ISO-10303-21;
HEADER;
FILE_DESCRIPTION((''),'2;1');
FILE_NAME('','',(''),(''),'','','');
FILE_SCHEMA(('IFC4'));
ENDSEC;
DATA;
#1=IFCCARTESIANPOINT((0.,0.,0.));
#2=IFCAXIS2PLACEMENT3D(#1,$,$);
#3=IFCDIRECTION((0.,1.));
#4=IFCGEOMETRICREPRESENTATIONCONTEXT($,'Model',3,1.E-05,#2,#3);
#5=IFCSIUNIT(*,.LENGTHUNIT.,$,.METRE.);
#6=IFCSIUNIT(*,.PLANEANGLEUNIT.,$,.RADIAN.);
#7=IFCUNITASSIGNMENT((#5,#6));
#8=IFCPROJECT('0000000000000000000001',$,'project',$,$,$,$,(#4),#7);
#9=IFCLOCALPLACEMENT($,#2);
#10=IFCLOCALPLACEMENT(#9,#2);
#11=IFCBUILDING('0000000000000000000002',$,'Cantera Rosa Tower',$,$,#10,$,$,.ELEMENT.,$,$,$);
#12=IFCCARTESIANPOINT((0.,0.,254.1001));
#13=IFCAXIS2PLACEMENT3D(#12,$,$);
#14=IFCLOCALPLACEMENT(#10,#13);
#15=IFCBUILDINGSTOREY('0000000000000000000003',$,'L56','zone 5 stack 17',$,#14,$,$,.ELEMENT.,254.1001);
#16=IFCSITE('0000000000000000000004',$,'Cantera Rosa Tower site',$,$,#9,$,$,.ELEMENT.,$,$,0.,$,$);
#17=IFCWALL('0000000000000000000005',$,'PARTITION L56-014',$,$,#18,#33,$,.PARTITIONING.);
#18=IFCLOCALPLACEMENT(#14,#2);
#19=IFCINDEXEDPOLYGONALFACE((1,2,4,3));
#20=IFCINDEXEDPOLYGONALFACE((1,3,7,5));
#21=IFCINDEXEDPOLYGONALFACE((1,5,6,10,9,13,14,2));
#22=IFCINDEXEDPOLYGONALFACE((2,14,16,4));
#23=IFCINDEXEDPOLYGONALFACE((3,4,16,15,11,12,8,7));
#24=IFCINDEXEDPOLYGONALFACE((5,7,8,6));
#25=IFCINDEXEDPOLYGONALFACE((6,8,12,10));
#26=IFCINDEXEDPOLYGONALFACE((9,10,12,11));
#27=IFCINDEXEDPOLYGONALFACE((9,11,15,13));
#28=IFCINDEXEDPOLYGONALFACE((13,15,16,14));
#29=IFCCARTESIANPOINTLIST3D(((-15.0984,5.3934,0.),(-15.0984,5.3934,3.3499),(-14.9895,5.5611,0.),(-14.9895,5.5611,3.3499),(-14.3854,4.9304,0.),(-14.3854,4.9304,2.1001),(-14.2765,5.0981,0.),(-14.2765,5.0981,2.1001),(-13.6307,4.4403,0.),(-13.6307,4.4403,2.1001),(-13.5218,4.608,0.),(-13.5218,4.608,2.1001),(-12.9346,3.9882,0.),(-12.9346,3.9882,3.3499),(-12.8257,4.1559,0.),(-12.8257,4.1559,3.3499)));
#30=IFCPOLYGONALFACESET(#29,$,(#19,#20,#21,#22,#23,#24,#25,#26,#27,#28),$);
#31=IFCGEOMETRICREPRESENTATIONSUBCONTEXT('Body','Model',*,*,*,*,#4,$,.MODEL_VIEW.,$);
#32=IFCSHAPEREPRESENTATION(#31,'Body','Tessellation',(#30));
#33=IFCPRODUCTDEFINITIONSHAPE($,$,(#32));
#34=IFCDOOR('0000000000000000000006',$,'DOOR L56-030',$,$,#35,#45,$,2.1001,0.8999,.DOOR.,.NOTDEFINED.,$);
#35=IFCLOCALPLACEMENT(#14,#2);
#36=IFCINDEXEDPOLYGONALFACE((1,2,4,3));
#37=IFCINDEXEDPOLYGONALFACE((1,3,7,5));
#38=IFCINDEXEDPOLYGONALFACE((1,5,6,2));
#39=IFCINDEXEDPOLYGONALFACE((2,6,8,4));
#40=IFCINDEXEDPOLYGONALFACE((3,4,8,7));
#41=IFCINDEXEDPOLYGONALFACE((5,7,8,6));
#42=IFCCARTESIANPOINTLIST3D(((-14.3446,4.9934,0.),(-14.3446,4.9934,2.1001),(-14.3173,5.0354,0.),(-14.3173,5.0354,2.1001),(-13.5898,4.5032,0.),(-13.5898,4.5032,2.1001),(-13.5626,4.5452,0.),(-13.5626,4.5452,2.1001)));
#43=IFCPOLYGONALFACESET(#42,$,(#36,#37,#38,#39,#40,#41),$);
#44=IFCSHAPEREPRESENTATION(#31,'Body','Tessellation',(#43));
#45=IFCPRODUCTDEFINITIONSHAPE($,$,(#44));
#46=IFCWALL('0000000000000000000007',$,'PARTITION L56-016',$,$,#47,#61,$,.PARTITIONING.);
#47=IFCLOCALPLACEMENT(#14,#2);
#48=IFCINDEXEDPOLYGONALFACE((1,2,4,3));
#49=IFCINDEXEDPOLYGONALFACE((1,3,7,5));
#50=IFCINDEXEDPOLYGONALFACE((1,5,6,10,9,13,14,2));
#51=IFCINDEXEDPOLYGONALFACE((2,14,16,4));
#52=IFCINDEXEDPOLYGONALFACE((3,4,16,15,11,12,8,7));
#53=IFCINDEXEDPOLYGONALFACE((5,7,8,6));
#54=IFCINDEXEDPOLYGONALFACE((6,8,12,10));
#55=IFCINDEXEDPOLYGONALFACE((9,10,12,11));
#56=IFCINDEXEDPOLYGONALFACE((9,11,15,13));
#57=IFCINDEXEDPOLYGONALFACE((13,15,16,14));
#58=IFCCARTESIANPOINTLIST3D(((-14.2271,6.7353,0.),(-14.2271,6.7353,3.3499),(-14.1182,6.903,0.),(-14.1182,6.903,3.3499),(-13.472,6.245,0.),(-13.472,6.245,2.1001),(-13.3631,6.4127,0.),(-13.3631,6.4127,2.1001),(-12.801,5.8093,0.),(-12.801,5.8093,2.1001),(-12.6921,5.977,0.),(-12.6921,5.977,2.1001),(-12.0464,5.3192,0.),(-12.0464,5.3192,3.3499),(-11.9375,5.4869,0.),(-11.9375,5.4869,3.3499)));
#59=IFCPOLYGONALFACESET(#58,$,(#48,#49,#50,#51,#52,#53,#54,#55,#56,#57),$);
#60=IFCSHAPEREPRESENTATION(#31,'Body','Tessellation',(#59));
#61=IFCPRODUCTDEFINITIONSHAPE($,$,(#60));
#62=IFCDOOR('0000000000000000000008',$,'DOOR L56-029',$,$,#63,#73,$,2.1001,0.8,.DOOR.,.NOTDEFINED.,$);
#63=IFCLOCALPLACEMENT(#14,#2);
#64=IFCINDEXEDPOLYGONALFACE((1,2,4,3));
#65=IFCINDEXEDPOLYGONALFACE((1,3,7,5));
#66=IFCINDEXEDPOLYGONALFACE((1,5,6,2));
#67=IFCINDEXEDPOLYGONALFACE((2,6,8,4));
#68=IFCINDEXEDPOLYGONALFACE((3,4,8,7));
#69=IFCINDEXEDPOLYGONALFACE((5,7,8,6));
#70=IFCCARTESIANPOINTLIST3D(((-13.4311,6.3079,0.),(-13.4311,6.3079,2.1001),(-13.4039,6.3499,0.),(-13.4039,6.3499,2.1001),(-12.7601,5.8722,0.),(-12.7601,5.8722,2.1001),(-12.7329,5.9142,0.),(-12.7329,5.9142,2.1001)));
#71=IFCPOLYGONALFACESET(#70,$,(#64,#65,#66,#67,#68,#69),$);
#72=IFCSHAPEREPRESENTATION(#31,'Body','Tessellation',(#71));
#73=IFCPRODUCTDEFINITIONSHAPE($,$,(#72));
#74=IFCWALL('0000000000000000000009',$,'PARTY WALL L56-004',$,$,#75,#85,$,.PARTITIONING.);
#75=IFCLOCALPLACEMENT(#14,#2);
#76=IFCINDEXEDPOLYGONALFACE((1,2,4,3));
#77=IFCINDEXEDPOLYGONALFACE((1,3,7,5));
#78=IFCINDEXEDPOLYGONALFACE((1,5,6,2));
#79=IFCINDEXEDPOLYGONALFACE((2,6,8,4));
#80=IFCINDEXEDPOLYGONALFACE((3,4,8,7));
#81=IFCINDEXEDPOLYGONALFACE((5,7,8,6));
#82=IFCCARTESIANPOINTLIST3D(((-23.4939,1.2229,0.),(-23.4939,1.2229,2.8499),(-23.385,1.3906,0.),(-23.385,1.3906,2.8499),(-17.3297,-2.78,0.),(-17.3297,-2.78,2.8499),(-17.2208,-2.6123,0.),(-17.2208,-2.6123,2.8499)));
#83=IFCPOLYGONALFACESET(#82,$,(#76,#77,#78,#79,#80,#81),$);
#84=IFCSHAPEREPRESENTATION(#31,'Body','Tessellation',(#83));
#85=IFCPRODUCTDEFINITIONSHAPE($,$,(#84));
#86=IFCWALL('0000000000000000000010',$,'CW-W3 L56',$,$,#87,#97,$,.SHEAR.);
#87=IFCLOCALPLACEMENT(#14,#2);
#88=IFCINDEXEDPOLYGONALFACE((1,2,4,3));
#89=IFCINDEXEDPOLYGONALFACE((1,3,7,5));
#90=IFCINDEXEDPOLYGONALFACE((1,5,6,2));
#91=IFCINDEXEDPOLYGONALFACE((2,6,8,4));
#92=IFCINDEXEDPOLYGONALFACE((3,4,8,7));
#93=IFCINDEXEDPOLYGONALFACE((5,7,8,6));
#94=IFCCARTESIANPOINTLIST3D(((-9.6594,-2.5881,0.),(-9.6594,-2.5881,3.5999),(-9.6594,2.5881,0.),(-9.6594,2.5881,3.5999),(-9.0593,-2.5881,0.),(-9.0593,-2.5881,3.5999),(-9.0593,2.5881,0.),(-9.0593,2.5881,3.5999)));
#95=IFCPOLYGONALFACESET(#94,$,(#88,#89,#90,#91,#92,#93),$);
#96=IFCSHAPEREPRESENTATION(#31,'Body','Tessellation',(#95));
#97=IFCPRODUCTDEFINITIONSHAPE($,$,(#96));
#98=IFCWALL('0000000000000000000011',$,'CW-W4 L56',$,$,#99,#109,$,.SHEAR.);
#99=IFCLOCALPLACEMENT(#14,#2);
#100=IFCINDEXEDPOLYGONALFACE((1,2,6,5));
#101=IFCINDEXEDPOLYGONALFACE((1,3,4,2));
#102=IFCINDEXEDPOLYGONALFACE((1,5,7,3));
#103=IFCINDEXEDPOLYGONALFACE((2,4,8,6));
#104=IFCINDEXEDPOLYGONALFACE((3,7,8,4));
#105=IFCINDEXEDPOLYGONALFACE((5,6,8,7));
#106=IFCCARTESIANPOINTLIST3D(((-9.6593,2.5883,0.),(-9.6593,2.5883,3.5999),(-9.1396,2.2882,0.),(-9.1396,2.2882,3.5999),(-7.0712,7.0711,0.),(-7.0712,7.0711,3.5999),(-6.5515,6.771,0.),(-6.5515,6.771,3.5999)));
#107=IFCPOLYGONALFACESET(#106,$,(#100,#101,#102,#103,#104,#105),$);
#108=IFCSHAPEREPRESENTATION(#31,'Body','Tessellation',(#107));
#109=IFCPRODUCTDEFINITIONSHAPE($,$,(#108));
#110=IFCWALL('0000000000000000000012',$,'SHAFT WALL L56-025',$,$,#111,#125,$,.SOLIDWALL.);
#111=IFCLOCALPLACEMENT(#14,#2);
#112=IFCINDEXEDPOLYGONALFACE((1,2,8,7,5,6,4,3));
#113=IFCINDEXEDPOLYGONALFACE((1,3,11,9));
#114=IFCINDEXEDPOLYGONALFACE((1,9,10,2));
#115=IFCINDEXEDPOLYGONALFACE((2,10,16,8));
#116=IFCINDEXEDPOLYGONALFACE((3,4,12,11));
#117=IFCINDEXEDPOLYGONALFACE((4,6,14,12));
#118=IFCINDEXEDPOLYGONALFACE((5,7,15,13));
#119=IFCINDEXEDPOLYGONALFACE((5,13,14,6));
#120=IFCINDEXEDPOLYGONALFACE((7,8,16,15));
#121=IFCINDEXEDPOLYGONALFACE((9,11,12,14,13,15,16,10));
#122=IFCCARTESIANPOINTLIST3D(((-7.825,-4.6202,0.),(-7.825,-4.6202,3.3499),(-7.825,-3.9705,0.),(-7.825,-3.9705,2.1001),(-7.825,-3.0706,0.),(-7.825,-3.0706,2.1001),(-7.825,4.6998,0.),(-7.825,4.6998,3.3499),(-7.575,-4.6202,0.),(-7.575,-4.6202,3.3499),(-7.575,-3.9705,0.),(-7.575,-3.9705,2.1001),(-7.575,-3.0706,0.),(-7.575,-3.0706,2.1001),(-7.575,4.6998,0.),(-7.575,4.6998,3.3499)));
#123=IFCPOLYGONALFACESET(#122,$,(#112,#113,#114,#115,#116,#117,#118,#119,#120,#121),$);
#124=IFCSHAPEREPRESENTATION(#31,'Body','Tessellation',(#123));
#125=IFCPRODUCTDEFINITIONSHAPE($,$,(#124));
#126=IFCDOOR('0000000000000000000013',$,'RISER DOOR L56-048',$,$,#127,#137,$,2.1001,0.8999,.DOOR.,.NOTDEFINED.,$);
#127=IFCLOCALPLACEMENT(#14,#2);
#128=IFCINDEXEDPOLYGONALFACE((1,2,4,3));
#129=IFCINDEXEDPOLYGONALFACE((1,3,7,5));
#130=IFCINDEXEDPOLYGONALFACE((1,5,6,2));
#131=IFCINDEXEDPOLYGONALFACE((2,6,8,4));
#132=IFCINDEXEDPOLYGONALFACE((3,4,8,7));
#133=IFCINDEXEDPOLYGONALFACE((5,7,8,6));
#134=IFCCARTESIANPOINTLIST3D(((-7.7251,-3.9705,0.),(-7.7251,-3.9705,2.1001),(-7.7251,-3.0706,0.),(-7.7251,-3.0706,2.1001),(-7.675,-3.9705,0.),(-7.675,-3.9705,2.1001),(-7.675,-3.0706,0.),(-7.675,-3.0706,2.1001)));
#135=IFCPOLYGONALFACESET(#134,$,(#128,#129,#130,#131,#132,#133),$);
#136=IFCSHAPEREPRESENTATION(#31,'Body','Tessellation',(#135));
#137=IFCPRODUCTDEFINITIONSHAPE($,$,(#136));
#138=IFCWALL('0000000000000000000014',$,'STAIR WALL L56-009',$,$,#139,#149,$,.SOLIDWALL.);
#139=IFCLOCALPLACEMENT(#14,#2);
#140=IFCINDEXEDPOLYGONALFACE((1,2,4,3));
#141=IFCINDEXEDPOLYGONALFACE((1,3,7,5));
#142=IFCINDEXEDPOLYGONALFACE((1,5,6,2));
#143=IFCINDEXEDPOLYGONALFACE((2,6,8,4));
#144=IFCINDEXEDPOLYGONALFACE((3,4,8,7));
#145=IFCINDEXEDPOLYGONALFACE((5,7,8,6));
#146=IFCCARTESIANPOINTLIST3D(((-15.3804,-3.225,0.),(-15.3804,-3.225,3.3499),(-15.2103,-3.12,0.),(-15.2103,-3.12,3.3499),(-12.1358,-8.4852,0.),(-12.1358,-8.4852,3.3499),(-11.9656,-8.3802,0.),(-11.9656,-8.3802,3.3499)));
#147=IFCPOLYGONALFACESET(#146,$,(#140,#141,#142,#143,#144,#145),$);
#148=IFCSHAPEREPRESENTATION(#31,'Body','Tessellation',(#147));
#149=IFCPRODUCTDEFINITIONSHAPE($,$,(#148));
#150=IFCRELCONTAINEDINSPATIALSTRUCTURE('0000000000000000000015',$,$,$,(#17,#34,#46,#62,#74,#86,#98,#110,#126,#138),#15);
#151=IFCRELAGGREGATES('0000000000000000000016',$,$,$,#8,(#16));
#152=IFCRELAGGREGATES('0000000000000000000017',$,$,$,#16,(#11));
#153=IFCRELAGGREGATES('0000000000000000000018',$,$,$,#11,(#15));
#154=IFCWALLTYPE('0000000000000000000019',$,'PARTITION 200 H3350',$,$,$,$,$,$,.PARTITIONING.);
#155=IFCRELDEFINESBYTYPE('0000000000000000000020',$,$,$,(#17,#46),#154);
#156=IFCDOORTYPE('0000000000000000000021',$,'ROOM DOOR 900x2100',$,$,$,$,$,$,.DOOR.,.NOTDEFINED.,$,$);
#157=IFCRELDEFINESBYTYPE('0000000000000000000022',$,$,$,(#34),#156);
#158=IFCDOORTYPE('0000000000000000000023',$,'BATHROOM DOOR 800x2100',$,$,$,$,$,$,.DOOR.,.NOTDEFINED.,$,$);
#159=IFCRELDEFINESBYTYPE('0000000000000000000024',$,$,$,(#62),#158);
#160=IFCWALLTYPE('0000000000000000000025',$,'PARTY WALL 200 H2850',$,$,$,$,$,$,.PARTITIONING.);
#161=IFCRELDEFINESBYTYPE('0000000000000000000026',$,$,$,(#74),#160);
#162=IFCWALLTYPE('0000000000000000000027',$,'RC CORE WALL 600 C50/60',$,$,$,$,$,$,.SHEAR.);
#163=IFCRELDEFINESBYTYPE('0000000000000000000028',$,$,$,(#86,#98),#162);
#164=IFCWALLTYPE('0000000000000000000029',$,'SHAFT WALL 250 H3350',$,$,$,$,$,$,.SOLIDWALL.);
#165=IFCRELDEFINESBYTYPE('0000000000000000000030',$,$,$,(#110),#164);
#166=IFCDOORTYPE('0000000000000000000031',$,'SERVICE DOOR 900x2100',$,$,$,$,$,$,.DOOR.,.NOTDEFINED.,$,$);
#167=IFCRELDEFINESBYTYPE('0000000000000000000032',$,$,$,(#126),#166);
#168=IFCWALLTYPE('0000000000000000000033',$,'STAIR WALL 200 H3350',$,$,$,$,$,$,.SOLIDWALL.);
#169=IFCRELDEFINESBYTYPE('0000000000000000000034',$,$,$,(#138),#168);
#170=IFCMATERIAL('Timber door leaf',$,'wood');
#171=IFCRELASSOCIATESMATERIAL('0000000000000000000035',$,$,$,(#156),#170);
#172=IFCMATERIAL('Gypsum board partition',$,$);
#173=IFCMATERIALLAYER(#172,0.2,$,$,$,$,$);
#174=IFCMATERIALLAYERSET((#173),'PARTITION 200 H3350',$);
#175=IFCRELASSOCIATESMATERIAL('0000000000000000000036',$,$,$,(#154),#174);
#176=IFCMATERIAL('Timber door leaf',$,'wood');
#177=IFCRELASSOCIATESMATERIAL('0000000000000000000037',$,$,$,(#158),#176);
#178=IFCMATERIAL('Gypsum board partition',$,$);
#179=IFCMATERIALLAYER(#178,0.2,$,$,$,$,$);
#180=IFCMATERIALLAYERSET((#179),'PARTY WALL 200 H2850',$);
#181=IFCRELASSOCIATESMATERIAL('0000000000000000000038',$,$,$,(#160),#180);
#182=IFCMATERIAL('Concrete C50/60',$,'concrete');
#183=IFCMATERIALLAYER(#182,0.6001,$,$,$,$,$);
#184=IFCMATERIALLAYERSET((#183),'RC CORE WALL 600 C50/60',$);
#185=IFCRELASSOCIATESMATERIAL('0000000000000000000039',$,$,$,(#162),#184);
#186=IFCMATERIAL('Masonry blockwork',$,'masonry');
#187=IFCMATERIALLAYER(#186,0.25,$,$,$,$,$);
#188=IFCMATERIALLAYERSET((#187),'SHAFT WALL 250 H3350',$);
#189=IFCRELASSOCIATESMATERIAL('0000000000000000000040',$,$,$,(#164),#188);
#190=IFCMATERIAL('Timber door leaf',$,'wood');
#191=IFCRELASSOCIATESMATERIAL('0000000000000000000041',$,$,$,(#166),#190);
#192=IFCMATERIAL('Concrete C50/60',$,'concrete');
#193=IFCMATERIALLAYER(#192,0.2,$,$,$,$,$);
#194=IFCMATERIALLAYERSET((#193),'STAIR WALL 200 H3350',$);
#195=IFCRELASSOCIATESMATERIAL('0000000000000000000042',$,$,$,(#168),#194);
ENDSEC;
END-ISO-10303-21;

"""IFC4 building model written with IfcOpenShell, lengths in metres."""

from ifc_helpers import new_model, si_unit, direction, frame, frame_2d, origin, place, context, subcontext, project, spatial, rectangle, extrude, material, layer, layer_set, type_object, element, fill, save


model = new_model("IFC4")

# Units and contexts
model_context = context("Model", 3, precision=1e-05, world=origin(), true_north=direction((0.0, 1.0)))
body_context = subcontext(model_context, "Body", "Model", "MODEL_VIEW")
ifc_project = project(units=[si_unit("LENGTHUNIT", "METRE"), si_unit("PLANEANGLEUNIT", "RADIAN")], contexts=[model_context])

# Site, building, storey
site_placement = place(None, origin())
site = spatial("IfcSite", under=ifc_project, at=site_placement, Name="Cantera Rosa Tower site", CompositionType="ELEMENT", RefElevation=0.0)
building_placement = place(site_placement, origin())
building = spatial("IfcBuilding", under=site, at=building_placement, Name="Cantera Rosa Tower", CompositionType="ELEMENT")
storey_placement = place(building_placement, frame((0.0, 0.0, 254.1001)))
storey = spatial("IfcBuildingStorey", under=building, at=storey_placement, Name="L56", Description="zone 5 stack 17", CompositionType="ELEMENT", Elevation=254.1001)

# Walls, openings, doors
ifc_material_1 = material(Name="Timber door leaf", Category="wood")
door_type_1 = type_object("IfcDoorType", Name="ROOM DOOR 900x2100", OperationType="NOTDEFINED", PredefinedType="DOOR", material=ifc_material_1)
ifc_material_2 = material(Name="Gypsum board partition")
ifc_layer_1 = layer(ifc_material_2, 0.2)
ifc_layer_set_1 = layer_set([ifc_layer_1], Name="PARTITION 200 H3350")
wall_type_1 = type_object("IfcWallType", Name="PARTITION 200 H3350", PredefinedType="PARTITIONING", material=ifc_layer_set_1)
wall_1_placement = place(storey_placement, frame((-12.8801, 4.072, 0.0), z_axis=(0.0, 0.0, 1.0), x_axis=(-0.838658, 0.544659, 0.0)))
wall_1 = element("IfcWall", 1, at=wall_1_placement, inside=storey, type_object=wall_type_1, Name="PARTITION L56-014", PredefinedType="PARTITIONING", context=body_context, shape_type="SweptSolid", body=[
    extrude(rectangle(XDim=2.5801, YDim=0.2, at=frame_2d((1.29, 0.0))), origin(), (0.0, 0.0, 1.0), 3.3499),
])
opening_1_placement = place(wall_1_placement, frame((0.8301, 0.0, 0.0)))
opening_1 = element("IfcOpeningElement", 2, at=opening_1_placement, cuts=wall_1, PredefinedType="OPENING", context=body_context, shape_type="SweptSolid", body=[
    extrude(rectangle(XDim=0.8999, YDim=2.1001, at=frame_2d((0.45, 1.05))), frame((0.0, 0.1099, 0.0), z_axis=(0.0, -1.0, 0.0), x_axis=(1.0, 0.0, 0.0)), (0.0, 0.0, 1.0), 0.22),
])
door_1_placement = place(opening_1_placement, origin())
door_1 = element("IfcDoor", 3, at=door_1_placement, inside=storey, type_object=door_type_1, Name="DOOR L56-030", OperationType="NOTDEFINED", OverallHeight=2.1001, OverallWidth=0.8999, PredefinedType="DOOR", context=body_context, shape_type="SweptSolid", body=[
    extrude(rectangle(XDim=0.8999, YDim=2.1001, at=frame_2d((0.45, 1.05))), frame((0.0, 0.0249, 0.0), z_axis=(0.0, -1.0, 0.0), x_axis=(1.0, 0.0, 0.0)), (0.0, 0.0, 1.0), 0.05),
])
fill(opening_1, door_1)
wall_2_placement = place(storey_placement, frame((-11.9919, 5.4031, 0.0), z_axis=(0.0, 0.0, 1.0), x_axis=(-0.838692, 0.544605, 0.0)))
wall_2 = element("IfcWall", 4, at=wall_2_placement, inside=storey, type_object=wall_type_1, Name="PARTITION L56-016", PredefinedType="PARTITIONING", context=body_context, shape_type="SweptSolid", body=[
    extrude(rectangle(XDim=2.6001, YDim=0.2, at=frame_2d((1.3, 0.0))), origin(), (0.0, 0.0, 1.0), 3.3499),
])
opening_2_placement = place(wall_2_placement, frame((0.8999, 0.0, 0.0)))
opening_2 = element("IfcOpeningElement", 5, at=opening_2_placement, cuts=wall_2, PredefinedType="OPENING", context=body_context, shape_type="SweptSolid", body=[
    extrude(rectangle(XDim=0.8, YDim=2.1001, at=frame_2d((0.3999, 1.05))), frame((0.0, 0.1099, 0.0), z_axis=(0.0, -1.0, 0.0), x_axis=(1.0, 0.0, 0.0)), (0.0, 0.0, 1.0), 0.22),
])
ifc_material_3 = material(Name="Timber door leaf", Category="wood")
door_type_2 = type_object("IfcDoorType", Name="BATHROOM DOOR 800x2100", OperationType="NOTDEFINED", PredefinedType="DOOR", material=ifc_material_3)
door_2_placement = place(opening_2_placement, origin())
door_2 = element("IfcDoor", 6, at=door_2_placement, inside=storey, type_object=door_type_2, Name="DOOR L56-029", OperationType="NOTDEFINED", OverallHeight=2.1001, OverallWidth=0.8, PredefinedType="DOOR", context=body_context, shape_type="SweptSolid", body=[
    extrude(rectangle(XDim=0.8, YDim=2.1001, at=frame_2d((0.3999, 1.05))), frame((0.0, 0.0249, 0.0), z_axis=(0.0, -1.0, 0.0), x_axis=(1.0, 0.0, 0.0)), (0.0, 0.0, 1.0), 0.05),
])
fill(opening_2, door_2)

# Walls
ifc_material_4 = material(Name="Gypsum board partition")
ifc_layer_2 = layer(ifc_material_4, 0.2)
ifc_layer_set_2 = layer_set([ifc_layer_2], Name="PARTY WALL 200 H2850")
wall_type_2 = type_object("IfcWallType", Name="PARTY WALL 200 H2850", PredefinedType="PARTITIONING", material=ifc_layer_set_2)
wall_3_placement = place(storey_placement, frame((-17.2754, -2.696, 0.0), z_axis=(0.0, 0.0, 1.0), x_axis=(-0.838684, 0.544618, 0.0)))
element("IfcWall", 7, at=wall_3_placement, inside=storey, type_object=wall_type_2, Name="PARTY WALL L56-004", PredefinedType="PARTITIONING", context=body_context, shape_type="SweptSolid", body=[
    extrude(rectangle(XDim=7.3499, YDim=0.2, at=frame_2d((3.6748, 0.0))), origin(), (0.0, 0.0, 1.0), 2.8499),
])
ifc_material_5 = material(Name="Concrete C50/60", Category="concrete")
ifc_layer_3 = layer(ifc_material_5, 0.6001)
ifc_layer_set_3 = layer_set([ifc_layer_3], Name="RC CORE WALL 600 C50/60")
wall_type_3 = type_object("IfcWallType", Name="RC CORE WALL 600 C50/60", PredefinedType="SHEAR", material=ifc_layer_set_3)
for number, where, z_axis, x_axis, name in (
    (8, (-9.3594, -2.5881, 0.0), (0.0, 0.0, 1.0), (0.0, 1.0, 0.0), "CW-W3 L56"),
    (9, (-9.3994, 2.4382, 0.0), (0.0, 0.0, 1.0), (0.499989, 0.866032, 0.0), "CW-W4 L56"),
):
    element("IfcWall", number, at=place(storey_placement, frame(where, z_axis=z_axis, x_axis=x_axis)), inside=storey, type_object=wall_type_3, Name=name, PredefinedType="SHEAR", context=body_context, shape_type="SweptSolid", body=[
        extrude(rectangle(XDim=5.1763, YDim=0.6001, at=frame_2d((2.5881, 0.0))), origin(), (0.0, 0.0, 1.0), 3.5999),
    ])

# Wall, opening, door
ifc_material_6 = material(Name="Masonry blockwork", Category="masonry")
ifc_layer_4 = layer(ifc_material_6, 0.25)
ifc_layer_set_4 = layer_set([ifc_layer_4], Name="SHAFT WALL 250 H3350")
wall_type_4 = type_object("IfcWallType", Name="SHAFT WALL 250 H3350", PredefinedType="SOLIDWALL", material=ifc_layer_set_4)
wall_4_placement = place(storey_placement, frame((-7.7, 4.7, 0.0), z_axis=(0.0, 0.0, 1.0), x_axis=(0.0, -1.0, 0.0)))
wall_4 = element("IfcWall", 10, at=wall_4_placement, inside=storey, type_object=wall_type_4, Name="SHAFT WALL L56-025", PredefinedType="SOLIDWALL", context=body_context, shape_type="SweptSolid", body=[
    extrude(rectangle(XDim=9.3201, YDim=0.25, at=frame_2d((4.6602, 0.0))), origin(), (0.0, 0.0, 1.0), 3.3499),
])
opening_3_placement = place(wall_4_placement, frame((7.7705, 0.0, 0.0)))
opening_3 = element("IfcOpeningElement", 11, at=opening_3_placement, cuts=wall_4, PredefinedType="OPENING", context=body_context, shape_type="SweptSolid", body=[
    extrude(rectangle(XDim=0.8999, YDim=2.1001, at=frame_2d((0.45, 1.05))), frame((0.0, 0.135, 0.0), z_axis=(0.0, -1.0, 0.0), x_axis=(1.0, 0.0, 0.0)), (0.0, 0.0, 1.0), 0.27),
])
ifc_material_7 = material(Name="Timber door leaf", Category="wood")
door_type_3 = type_object("IfcDoorType", Name="SERVICE DOOR 900x2100", OperationType="NOTDEFINED", PredefinedType="DOOR", material=ifc_material_7)
door_3_placement = place(opening_3_placement, origin())
door_3 = element("IfcDoor", 12, at=door_3_placement, inside=storey, type_object=door_type_3, Name="RISER DOOR L56-048", OperationType="NOTDEFINED", OverallHeight=2.1001, OverallWidth=0.8999, PredefinedType="DOOR", context=body_context, shape_type="SweptSolid", body=[
    extrude(rectangle(XDim=0.8999, YDim=2.1001, at=frame_2d((0.45, 1.05))), frame((0.0, 0.0249, 0.0), z_axis=(0.0, -1.0, 0.0), x_axis=(1.0, 0.0, 0.0)), (0.0, 0.0, 1.0), 0.05),
])
fill(opening_3, door_3)

# Wall
ifc_material_8 = material(Name="Concrete C50/60", Category="concrete")
ifc_layer_5 = layer(ifc_material_8, 0.2)
ifc_layer_set_5 = layer_set([ifc_layer_5], Name="STAIR WALL 200 H3350")
wall_type_5 = type_object("IfcWallType", Name="STAIR WALL 200 H3350", PredefinedType="SOLIDWALL", material=ifc_layer_set_5)
wall_5_placement = place(storey_placement, frame((-15.2954, -3.1724, 0.0), z_axis=(0.0, 0.0, 1.0), x_axis=(0.524983, -0.851113, 0.0)))
element("IfcWall", 13, at=wall_5_placement, inside=storey, type_object=wall_type_5, Name="STAIR WALL L56-009", PredefinedType="SOLIDWALL", context=body_context, shape_type="SweptSolid", body=[
    extrude(rectangle(XDim=6.1804, YDim=0.2, at=frame_2d((3.0903, 0.0))), origin(), (0.0, 0.0, 1.0), 3.3499),
])

save(model, "model.ifc")
